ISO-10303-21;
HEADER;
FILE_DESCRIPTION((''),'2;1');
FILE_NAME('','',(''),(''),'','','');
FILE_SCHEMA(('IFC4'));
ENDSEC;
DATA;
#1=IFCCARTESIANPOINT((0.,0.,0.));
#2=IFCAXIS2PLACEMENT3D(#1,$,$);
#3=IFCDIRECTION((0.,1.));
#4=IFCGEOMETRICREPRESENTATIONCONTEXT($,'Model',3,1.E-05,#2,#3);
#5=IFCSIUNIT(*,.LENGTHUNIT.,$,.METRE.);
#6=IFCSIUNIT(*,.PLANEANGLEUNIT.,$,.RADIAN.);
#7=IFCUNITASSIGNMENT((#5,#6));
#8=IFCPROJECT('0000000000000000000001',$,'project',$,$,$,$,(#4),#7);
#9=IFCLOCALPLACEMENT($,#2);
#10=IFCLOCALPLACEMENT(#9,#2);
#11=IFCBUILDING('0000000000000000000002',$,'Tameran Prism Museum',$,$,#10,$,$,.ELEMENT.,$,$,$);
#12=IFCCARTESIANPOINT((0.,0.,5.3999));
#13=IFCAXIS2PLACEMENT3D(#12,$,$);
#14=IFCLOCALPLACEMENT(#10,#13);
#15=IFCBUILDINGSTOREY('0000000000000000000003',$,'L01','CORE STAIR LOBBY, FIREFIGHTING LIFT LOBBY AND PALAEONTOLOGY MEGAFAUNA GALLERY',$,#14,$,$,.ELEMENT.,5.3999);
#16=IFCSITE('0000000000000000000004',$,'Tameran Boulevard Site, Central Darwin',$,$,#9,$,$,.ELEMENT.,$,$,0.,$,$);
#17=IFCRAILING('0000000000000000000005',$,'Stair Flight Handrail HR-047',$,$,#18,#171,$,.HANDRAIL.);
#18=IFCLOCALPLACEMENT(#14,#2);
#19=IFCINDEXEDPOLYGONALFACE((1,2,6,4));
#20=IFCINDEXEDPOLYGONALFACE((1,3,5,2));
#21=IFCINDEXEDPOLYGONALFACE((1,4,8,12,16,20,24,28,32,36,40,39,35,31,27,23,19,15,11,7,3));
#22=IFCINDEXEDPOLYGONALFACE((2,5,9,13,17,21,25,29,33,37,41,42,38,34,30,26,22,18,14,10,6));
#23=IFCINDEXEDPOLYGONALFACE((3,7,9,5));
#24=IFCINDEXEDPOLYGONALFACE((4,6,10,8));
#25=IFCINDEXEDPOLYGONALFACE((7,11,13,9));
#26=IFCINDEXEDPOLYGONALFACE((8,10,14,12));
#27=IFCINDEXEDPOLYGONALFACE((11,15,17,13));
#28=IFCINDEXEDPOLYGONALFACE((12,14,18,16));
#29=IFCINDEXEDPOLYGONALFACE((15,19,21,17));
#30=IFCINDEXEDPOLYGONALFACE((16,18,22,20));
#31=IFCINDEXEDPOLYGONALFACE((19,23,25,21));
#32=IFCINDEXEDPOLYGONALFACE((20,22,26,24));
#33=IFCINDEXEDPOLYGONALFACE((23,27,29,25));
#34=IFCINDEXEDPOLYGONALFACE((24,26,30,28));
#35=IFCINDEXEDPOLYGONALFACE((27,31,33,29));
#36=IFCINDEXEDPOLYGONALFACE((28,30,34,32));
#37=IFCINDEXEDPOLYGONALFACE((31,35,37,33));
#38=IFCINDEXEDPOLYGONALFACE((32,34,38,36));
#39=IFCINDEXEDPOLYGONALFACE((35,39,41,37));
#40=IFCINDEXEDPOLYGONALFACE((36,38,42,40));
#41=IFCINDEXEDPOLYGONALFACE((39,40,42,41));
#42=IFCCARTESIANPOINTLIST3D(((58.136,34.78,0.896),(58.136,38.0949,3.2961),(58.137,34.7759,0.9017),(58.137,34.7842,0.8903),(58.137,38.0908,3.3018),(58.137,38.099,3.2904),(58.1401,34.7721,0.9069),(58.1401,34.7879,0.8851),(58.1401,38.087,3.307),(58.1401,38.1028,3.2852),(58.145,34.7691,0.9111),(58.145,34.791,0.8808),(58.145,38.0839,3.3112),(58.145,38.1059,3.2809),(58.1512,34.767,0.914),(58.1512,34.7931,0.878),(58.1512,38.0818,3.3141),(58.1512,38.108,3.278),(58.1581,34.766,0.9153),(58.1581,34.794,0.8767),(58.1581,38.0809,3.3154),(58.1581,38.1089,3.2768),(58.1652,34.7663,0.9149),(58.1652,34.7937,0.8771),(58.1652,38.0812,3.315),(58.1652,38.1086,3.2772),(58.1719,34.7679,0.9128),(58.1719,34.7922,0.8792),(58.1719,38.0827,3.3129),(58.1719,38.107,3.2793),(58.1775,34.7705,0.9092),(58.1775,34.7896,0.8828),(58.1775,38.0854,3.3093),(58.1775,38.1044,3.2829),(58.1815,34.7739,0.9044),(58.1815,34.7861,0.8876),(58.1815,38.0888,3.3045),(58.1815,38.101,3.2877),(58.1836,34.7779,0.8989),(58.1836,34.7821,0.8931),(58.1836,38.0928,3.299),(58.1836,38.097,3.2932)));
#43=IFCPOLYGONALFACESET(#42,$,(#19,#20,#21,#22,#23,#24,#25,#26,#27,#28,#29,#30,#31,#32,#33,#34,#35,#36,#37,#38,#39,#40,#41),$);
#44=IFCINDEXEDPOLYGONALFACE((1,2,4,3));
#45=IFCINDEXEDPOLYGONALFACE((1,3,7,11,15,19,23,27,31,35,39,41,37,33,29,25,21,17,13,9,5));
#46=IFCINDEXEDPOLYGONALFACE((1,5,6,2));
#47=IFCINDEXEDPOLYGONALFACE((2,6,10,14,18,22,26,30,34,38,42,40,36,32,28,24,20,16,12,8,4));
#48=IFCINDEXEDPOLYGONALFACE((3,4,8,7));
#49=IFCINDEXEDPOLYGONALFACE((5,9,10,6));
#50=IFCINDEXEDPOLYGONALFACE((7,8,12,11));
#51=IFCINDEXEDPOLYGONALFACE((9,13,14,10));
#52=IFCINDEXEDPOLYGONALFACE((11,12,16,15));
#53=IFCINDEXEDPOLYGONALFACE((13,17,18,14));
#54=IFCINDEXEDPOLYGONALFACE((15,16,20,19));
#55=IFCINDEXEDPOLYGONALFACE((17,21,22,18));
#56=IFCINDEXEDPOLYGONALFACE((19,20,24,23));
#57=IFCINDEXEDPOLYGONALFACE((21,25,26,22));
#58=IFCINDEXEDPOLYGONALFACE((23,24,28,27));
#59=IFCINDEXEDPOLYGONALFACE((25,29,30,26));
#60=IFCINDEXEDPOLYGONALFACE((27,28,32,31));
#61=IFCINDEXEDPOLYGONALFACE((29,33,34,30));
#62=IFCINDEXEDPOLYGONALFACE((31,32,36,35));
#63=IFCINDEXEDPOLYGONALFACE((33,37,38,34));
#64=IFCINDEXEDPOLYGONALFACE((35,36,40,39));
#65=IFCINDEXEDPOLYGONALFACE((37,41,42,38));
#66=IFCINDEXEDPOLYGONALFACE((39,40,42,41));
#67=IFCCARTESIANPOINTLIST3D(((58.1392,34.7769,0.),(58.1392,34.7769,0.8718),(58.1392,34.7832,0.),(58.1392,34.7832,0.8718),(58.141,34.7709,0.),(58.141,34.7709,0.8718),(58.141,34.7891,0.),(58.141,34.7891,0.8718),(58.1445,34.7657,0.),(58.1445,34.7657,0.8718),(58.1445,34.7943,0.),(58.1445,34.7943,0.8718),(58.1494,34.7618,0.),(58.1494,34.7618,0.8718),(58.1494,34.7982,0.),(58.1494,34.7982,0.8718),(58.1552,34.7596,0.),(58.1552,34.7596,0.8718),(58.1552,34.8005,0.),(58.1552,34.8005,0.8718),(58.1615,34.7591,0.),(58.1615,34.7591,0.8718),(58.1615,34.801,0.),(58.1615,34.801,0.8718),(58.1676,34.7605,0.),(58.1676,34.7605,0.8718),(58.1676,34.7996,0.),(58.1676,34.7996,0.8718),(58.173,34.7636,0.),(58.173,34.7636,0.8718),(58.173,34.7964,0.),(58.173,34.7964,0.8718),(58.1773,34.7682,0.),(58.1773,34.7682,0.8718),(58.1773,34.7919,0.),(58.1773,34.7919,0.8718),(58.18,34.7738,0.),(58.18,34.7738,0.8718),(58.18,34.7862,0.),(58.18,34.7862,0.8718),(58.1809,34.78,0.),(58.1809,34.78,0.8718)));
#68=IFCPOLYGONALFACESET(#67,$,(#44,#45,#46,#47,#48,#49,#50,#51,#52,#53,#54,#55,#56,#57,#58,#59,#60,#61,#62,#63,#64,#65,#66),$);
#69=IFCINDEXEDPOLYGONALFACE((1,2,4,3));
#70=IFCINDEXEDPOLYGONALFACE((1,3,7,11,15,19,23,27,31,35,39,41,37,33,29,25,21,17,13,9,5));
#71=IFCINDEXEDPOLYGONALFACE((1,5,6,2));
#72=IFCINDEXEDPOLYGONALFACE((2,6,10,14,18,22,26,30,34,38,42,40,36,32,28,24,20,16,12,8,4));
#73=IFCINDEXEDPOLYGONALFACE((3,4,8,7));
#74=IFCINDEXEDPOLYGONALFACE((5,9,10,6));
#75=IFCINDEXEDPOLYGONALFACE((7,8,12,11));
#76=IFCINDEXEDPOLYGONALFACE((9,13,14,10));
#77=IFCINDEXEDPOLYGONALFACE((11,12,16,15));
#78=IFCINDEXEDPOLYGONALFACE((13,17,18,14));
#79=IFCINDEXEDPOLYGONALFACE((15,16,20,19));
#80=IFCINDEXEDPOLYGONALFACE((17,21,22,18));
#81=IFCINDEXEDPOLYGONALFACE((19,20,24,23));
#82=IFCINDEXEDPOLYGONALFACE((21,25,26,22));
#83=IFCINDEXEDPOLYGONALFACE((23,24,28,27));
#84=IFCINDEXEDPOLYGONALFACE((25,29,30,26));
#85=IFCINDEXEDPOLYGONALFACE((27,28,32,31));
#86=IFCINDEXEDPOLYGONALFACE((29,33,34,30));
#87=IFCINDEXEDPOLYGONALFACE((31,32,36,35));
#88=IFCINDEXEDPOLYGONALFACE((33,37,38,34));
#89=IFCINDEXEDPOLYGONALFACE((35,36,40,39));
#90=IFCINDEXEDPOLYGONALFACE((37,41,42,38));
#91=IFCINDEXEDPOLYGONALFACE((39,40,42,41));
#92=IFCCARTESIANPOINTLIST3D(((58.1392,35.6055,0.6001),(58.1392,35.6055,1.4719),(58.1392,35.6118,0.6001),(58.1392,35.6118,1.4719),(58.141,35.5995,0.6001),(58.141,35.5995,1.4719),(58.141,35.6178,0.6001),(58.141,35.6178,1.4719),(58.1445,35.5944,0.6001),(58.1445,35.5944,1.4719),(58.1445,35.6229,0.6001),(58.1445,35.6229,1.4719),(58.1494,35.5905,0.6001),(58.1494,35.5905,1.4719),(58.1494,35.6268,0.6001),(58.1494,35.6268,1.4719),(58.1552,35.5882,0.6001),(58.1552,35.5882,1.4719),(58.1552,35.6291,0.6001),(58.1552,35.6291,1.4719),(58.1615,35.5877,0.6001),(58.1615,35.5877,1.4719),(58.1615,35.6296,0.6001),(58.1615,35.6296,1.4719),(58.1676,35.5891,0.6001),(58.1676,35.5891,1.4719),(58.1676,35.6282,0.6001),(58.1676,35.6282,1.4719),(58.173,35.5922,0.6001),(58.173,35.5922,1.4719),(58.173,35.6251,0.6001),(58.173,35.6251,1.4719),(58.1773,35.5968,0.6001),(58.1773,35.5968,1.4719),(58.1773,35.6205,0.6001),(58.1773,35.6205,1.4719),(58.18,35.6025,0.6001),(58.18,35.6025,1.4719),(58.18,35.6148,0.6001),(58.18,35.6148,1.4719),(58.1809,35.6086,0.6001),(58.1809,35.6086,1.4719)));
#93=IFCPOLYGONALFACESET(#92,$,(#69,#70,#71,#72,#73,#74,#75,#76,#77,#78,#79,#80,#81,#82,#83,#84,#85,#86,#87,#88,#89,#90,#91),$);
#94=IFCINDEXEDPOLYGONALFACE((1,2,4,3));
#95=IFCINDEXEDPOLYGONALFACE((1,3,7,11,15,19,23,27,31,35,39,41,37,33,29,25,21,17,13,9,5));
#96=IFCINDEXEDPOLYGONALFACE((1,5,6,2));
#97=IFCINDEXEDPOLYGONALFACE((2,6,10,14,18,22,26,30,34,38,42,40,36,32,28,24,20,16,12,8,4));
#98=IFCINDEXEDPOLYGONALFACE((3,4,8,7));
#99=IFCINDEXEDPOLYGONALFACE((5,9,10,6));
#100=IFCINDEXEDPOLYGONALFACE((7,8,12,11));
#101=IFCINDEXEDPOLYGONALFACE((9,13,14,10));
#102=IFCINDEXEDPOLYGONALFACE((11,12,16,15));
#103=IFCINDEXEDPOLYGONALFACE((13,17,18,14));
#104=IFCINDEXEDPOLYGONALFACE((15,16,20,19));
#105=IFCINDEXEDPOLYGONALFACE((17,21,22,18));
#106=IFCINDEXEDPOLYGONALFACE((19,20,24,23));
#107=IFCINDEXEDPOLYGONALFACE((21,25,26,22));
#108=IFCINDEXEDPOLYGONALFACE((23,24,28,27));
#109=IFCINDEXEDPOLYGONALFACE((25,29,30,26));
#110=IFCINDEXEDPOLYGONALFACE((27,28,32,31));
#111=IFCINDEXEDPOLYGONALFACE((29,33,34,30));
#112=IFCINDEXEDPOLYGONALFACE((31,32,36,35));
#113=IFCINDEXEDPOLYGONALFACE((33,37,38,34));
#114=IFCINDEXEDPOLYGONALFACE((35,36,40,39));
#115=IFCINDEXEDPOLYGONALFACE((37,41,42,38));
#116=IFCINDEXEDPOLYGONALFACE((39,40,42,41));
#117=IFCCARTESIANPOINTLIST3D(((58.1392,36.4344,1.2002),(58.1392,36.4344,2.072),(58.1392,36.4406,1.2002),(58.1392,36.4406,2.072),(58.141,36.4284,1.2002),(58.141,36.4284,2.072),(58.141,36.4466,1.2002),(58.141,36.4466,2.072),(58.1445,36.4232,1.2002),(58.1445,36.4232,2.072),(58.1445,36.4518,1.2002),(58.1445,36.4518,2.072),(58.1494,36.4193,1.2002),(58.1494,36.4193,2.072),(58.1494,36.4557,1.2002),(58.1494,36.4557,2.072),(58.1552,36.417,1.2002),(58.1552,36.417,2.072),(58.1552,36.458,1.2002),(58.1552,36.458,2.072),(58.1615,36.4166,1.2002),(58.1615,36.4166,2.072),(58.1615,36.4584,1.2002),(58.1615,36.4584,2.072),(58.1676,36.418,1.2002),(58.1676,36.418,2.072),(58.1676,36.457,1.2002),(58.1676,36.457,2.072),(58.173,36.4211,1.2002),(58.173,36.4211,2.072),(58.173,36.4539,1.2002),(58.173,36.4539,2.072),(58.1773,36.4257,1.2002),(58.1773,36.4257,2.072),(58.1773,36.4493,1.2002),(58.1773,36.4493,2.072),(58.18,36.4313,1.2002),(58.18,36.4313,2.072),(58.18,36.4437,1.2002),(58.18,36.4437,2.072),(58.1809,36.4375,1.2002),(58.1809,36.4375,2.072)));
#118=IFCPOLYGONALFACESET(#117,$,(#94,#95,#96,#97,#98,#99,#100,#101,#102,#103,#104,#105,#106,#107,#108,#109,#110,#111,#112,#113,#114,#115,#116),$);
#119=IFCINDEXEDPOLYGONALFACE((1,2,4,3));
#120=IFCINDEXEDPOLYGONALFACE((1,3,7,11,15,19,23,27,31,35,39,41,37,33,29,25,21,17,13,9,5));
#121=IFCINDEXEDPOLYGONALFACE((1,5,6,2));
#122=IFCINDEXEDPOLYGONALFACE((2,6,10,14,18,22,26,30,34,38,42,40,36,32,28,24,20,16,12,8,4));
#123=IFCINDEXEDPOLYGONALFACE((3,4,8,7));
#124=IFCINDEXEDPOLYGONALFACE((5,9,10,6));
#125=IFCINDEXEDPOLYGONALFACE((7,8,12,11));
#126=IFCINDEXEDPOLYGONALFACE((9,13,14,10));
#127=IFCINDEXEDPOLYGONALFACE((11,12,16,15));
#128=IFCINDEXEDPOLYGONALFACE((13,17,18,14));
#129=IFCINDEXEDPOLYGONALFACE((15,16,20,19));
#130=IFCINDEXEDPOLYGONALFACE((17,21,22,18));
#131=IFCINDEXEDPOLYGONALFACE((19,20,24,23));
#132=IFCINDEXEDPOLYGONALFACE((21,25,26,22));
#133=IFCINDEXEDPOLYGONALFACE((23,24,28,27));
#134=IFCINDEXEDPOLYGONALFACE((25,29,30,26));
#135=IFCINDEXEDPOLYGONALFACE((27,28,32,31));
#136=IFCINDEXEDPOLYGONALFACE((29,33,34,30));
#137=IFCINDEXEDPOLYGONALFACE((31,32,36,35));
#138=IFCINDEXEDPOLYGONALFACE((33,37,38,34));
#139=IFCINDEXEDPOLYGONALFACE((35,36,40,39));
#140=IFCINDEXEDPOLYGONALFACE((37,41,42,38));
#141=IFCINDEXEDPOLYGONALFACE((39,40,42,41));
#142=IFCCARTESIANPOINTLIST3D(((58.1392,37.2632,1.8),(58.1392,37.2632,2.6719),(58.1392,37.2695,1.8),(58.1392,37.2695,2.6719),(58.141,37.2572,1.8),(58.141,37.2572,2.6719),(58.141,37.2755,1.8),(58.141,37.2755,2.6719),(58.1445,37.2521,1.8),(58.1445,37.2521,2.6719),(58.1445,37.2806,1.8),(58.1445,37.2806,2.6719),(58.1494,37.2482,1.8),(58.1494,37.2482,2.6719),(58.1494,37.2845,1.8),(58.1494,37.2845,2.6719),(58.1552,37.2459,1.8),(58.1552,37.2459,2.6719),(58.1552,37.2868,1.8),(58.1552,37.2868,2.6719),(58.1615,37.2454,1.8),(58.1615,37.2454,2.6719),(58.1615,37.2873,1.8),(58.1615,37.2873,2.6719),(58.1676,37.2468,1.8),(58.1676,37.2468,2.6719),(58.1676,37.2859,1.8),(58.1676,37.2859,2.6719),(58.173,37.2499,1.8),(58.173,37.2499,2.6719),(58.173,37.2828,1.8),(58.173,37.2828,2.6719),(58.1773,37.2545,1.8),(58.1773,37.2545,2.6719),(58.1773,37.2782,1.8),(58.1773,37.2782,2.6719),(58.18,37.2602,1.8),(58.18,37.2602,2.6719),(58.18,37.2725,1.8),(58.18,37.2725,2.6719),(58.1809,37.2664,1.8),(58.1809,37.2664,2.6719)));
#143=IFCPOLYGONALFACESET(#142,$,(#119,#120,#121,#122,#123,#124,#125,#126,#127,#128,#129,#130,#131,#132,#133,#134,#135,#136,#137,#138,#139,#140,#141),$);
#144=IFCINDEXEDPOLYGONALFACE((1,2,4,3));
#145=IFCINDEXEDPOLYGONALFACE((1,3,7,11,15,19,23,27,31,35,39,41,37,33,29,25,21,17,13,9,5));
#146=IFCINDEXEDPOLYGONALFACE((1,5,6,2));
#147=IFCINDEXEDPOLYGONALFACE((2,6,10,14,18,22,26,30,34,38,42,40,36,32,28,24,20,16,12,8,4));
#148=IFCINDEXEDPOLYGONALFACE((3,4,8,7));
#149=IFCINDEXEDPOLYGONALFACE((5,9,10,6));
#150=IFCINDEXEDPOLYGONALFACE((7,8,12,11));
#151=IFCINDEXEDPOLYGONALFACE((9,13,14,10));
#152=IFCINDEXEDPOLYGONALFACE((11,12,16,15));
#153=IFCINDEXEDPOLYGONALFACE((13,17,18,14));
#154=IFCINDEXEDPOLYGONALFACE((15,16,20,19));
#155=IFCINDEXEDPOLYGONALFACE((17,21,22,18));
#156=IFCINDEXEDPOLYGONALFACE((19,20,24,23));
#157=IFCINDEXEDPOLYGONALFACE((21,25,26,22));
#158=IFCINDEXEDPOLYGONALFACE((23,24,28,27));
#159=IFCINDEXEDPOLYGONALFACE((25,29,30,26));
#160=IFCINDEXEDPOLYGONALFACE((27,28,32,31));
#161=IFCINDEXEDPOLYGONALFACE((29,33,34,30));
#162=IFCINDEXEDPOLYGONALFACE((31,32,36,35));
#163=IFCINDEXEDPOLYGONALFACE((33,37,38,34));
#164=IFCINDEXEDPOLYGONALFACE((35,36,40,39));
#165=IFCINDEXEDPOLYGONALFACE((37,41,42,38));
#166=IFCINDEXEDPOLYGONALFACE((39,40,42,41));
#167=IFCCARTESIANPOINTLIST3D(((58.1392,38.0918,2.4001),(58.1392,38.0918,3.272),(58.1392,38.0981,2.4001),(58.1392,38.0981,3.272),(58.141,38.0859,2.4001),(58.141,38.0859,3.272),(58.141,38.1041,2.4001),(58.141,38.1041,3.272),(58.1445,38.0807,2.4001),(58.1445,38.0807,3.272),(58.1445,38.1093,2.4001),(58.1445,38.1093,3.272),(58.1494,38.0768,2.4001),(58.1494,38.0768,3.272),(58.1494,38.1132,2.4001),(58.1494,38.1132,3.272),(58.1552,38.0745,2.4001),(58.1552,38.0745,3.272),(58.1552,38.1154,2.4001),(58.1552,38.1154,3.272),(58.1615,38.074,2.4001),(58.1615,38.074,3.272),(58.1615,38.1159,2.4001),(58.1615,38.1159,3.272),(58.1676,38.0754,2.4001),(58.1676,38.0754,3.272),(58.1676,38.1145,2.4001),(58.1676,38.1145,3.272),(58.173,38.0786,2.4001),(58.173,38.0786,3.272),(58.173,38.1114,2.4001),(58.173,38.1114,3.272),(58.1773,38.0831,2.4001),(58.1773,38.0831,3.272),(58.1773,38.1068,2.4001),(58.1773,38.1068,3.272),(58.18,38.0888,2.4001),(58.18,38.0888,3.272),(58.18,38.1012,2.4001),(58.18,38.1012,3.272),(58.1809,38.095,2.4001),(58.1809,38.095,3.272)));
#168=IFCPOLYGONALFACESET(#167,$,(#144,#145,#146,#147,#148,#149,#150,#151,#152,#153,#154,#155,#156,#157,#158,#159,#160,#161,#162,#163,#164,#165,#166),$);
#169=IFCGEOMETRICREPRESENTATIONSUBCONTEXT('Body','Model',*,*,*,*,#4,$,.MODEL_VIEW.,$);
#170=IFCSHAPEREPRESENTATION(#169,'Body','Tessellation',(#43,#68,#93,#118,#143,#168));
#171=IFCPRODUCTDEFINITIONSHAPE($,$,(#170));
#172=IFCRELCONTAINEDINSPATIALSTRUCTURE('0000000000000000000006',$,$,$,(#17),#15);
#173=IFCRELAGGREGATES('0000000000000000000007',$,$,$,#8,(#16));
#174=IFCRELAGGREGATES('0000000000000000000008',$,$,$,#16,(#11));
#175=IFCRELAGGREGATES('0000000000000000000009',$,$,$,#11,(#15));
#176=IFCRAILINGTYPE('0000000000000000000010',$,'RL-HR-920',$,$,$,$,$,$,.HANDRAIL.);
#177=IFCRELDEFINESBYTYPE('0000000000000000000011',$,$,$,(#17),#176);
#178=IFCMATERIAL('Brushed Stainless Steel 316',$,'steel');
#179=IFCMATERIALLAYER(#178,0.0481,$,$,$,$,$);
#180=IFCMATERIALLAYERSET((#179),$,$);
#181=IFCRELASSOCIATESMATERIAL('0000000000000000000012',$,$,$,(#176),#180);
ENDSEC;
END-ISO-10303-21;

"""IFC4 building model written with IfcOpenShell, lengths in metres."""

from ifc_helpers import new_model, si_unit, direction, frame, origin, origin_2d, place, context, subcontext, project, spatial, circle, extrude, material, layer, layer_set, type_object, element, save


model = new_model("IFC4")

# Units and contexts
model_context = context("Model", 3, precision=1e-05, world=origin(), true_north=direction((0.0, 1.0)))
body_context = subcontext(model_context, "Body", "Model", "MODEL_VIEW")
ifc_project = project(units=[si_unit("LENGTHUNIT", "METRE"), si_unit("PLANEANGLEUNIT", "RADIAN")], contexts=[model_context])

# Site, building, storey
site_placement = place(None, origin())
site = spatial("IfcSite", under=ifc_project, at=site_placement, Name="Tameran Boulevard Site, Central Darwin", CompositionType="ELEMENT", RefElevation=0.0)
building_placement = place(site_placement, origin())
building = spatial("IfcBuilding", under=site, at=building_placement, Name="Tameran Prism Museum", CompositionType="ELEMENT")
storey_placement = place(building_placement, frame((0.0, 0.0, 5.3999)))
storey = spatial("IfcBuildingStorey", under=building, at=storey_placement, Name="L01", Description="CORE STAIR LOBBY, FIREFIGHTING LIFT LOBBY AND PALAEONTOLOGY MEGAFAUNA GALLERY", CompositionType="ELEMENT", Elevation=5.3999)

# Railing
ifc_material_1 = material(Name="Brushed Stainless Steel 316", Category="steel")
ifc_layer_1 = layer(ifc_material_1, 0.0481)
ifc_layer_set_1 = layer_set([ifc_layer_1])
railing_type_1 = type_object("IfcRailingType", Name="RL-HR-920", PredefinedType="HANDRAIL", material=ifc_layer_set_1)
railing_1_placement = place(storey_placement, frame((58.1599, 34.78, 0.0)))
element("IfcRailing", 1, at=railing_1_placement, inside=storey, type_object=railing_type_1, Name="Stair Flight Handrail HR-047", PredefinedType="HANDRAIL", context=body_context, shape_type="SweptSolid", body=[
    extrude(circle(Radius=0.0239, at=origin_2d()), frame((0.0, 0.0, 0.896), z_axis=(0.0, 0.80998, 0.586457), x_axis=(-1.0, 0.0, 0.0)), (0.0, 0.0, 1.0), 4.0925),
    extrude(circle(Radius=0.021, at=origin_2d()), origin(), (0.0, 0.0, 1.0), 0.8718),
    extrude(circle(Radius=0.021, at=origin_2d()), frame((0.0, 0.8286, 0.6001)), (0.0, 0.0, 1.0), 0.8718),
    extrude(circle(Radius=0.021, at=origin_2d()), frame((0.0, 1.6575, 1.2002)), (0.0, 0.0, 1.0), 0.8718),
    extrude(circle(Radius=0.021, at=origin_2d()), frame((0.0, 2.4863, 1.8)), (0.0, 0.0, 1.0), 0.8718),
    extrude(circle(Radius=0.021, at=origin_2d()), frame((0.0, 3.3149, 2.4001)), (0.0, 0.0, 1.0), 0.8718),
])

save(model, "model.ifc")
